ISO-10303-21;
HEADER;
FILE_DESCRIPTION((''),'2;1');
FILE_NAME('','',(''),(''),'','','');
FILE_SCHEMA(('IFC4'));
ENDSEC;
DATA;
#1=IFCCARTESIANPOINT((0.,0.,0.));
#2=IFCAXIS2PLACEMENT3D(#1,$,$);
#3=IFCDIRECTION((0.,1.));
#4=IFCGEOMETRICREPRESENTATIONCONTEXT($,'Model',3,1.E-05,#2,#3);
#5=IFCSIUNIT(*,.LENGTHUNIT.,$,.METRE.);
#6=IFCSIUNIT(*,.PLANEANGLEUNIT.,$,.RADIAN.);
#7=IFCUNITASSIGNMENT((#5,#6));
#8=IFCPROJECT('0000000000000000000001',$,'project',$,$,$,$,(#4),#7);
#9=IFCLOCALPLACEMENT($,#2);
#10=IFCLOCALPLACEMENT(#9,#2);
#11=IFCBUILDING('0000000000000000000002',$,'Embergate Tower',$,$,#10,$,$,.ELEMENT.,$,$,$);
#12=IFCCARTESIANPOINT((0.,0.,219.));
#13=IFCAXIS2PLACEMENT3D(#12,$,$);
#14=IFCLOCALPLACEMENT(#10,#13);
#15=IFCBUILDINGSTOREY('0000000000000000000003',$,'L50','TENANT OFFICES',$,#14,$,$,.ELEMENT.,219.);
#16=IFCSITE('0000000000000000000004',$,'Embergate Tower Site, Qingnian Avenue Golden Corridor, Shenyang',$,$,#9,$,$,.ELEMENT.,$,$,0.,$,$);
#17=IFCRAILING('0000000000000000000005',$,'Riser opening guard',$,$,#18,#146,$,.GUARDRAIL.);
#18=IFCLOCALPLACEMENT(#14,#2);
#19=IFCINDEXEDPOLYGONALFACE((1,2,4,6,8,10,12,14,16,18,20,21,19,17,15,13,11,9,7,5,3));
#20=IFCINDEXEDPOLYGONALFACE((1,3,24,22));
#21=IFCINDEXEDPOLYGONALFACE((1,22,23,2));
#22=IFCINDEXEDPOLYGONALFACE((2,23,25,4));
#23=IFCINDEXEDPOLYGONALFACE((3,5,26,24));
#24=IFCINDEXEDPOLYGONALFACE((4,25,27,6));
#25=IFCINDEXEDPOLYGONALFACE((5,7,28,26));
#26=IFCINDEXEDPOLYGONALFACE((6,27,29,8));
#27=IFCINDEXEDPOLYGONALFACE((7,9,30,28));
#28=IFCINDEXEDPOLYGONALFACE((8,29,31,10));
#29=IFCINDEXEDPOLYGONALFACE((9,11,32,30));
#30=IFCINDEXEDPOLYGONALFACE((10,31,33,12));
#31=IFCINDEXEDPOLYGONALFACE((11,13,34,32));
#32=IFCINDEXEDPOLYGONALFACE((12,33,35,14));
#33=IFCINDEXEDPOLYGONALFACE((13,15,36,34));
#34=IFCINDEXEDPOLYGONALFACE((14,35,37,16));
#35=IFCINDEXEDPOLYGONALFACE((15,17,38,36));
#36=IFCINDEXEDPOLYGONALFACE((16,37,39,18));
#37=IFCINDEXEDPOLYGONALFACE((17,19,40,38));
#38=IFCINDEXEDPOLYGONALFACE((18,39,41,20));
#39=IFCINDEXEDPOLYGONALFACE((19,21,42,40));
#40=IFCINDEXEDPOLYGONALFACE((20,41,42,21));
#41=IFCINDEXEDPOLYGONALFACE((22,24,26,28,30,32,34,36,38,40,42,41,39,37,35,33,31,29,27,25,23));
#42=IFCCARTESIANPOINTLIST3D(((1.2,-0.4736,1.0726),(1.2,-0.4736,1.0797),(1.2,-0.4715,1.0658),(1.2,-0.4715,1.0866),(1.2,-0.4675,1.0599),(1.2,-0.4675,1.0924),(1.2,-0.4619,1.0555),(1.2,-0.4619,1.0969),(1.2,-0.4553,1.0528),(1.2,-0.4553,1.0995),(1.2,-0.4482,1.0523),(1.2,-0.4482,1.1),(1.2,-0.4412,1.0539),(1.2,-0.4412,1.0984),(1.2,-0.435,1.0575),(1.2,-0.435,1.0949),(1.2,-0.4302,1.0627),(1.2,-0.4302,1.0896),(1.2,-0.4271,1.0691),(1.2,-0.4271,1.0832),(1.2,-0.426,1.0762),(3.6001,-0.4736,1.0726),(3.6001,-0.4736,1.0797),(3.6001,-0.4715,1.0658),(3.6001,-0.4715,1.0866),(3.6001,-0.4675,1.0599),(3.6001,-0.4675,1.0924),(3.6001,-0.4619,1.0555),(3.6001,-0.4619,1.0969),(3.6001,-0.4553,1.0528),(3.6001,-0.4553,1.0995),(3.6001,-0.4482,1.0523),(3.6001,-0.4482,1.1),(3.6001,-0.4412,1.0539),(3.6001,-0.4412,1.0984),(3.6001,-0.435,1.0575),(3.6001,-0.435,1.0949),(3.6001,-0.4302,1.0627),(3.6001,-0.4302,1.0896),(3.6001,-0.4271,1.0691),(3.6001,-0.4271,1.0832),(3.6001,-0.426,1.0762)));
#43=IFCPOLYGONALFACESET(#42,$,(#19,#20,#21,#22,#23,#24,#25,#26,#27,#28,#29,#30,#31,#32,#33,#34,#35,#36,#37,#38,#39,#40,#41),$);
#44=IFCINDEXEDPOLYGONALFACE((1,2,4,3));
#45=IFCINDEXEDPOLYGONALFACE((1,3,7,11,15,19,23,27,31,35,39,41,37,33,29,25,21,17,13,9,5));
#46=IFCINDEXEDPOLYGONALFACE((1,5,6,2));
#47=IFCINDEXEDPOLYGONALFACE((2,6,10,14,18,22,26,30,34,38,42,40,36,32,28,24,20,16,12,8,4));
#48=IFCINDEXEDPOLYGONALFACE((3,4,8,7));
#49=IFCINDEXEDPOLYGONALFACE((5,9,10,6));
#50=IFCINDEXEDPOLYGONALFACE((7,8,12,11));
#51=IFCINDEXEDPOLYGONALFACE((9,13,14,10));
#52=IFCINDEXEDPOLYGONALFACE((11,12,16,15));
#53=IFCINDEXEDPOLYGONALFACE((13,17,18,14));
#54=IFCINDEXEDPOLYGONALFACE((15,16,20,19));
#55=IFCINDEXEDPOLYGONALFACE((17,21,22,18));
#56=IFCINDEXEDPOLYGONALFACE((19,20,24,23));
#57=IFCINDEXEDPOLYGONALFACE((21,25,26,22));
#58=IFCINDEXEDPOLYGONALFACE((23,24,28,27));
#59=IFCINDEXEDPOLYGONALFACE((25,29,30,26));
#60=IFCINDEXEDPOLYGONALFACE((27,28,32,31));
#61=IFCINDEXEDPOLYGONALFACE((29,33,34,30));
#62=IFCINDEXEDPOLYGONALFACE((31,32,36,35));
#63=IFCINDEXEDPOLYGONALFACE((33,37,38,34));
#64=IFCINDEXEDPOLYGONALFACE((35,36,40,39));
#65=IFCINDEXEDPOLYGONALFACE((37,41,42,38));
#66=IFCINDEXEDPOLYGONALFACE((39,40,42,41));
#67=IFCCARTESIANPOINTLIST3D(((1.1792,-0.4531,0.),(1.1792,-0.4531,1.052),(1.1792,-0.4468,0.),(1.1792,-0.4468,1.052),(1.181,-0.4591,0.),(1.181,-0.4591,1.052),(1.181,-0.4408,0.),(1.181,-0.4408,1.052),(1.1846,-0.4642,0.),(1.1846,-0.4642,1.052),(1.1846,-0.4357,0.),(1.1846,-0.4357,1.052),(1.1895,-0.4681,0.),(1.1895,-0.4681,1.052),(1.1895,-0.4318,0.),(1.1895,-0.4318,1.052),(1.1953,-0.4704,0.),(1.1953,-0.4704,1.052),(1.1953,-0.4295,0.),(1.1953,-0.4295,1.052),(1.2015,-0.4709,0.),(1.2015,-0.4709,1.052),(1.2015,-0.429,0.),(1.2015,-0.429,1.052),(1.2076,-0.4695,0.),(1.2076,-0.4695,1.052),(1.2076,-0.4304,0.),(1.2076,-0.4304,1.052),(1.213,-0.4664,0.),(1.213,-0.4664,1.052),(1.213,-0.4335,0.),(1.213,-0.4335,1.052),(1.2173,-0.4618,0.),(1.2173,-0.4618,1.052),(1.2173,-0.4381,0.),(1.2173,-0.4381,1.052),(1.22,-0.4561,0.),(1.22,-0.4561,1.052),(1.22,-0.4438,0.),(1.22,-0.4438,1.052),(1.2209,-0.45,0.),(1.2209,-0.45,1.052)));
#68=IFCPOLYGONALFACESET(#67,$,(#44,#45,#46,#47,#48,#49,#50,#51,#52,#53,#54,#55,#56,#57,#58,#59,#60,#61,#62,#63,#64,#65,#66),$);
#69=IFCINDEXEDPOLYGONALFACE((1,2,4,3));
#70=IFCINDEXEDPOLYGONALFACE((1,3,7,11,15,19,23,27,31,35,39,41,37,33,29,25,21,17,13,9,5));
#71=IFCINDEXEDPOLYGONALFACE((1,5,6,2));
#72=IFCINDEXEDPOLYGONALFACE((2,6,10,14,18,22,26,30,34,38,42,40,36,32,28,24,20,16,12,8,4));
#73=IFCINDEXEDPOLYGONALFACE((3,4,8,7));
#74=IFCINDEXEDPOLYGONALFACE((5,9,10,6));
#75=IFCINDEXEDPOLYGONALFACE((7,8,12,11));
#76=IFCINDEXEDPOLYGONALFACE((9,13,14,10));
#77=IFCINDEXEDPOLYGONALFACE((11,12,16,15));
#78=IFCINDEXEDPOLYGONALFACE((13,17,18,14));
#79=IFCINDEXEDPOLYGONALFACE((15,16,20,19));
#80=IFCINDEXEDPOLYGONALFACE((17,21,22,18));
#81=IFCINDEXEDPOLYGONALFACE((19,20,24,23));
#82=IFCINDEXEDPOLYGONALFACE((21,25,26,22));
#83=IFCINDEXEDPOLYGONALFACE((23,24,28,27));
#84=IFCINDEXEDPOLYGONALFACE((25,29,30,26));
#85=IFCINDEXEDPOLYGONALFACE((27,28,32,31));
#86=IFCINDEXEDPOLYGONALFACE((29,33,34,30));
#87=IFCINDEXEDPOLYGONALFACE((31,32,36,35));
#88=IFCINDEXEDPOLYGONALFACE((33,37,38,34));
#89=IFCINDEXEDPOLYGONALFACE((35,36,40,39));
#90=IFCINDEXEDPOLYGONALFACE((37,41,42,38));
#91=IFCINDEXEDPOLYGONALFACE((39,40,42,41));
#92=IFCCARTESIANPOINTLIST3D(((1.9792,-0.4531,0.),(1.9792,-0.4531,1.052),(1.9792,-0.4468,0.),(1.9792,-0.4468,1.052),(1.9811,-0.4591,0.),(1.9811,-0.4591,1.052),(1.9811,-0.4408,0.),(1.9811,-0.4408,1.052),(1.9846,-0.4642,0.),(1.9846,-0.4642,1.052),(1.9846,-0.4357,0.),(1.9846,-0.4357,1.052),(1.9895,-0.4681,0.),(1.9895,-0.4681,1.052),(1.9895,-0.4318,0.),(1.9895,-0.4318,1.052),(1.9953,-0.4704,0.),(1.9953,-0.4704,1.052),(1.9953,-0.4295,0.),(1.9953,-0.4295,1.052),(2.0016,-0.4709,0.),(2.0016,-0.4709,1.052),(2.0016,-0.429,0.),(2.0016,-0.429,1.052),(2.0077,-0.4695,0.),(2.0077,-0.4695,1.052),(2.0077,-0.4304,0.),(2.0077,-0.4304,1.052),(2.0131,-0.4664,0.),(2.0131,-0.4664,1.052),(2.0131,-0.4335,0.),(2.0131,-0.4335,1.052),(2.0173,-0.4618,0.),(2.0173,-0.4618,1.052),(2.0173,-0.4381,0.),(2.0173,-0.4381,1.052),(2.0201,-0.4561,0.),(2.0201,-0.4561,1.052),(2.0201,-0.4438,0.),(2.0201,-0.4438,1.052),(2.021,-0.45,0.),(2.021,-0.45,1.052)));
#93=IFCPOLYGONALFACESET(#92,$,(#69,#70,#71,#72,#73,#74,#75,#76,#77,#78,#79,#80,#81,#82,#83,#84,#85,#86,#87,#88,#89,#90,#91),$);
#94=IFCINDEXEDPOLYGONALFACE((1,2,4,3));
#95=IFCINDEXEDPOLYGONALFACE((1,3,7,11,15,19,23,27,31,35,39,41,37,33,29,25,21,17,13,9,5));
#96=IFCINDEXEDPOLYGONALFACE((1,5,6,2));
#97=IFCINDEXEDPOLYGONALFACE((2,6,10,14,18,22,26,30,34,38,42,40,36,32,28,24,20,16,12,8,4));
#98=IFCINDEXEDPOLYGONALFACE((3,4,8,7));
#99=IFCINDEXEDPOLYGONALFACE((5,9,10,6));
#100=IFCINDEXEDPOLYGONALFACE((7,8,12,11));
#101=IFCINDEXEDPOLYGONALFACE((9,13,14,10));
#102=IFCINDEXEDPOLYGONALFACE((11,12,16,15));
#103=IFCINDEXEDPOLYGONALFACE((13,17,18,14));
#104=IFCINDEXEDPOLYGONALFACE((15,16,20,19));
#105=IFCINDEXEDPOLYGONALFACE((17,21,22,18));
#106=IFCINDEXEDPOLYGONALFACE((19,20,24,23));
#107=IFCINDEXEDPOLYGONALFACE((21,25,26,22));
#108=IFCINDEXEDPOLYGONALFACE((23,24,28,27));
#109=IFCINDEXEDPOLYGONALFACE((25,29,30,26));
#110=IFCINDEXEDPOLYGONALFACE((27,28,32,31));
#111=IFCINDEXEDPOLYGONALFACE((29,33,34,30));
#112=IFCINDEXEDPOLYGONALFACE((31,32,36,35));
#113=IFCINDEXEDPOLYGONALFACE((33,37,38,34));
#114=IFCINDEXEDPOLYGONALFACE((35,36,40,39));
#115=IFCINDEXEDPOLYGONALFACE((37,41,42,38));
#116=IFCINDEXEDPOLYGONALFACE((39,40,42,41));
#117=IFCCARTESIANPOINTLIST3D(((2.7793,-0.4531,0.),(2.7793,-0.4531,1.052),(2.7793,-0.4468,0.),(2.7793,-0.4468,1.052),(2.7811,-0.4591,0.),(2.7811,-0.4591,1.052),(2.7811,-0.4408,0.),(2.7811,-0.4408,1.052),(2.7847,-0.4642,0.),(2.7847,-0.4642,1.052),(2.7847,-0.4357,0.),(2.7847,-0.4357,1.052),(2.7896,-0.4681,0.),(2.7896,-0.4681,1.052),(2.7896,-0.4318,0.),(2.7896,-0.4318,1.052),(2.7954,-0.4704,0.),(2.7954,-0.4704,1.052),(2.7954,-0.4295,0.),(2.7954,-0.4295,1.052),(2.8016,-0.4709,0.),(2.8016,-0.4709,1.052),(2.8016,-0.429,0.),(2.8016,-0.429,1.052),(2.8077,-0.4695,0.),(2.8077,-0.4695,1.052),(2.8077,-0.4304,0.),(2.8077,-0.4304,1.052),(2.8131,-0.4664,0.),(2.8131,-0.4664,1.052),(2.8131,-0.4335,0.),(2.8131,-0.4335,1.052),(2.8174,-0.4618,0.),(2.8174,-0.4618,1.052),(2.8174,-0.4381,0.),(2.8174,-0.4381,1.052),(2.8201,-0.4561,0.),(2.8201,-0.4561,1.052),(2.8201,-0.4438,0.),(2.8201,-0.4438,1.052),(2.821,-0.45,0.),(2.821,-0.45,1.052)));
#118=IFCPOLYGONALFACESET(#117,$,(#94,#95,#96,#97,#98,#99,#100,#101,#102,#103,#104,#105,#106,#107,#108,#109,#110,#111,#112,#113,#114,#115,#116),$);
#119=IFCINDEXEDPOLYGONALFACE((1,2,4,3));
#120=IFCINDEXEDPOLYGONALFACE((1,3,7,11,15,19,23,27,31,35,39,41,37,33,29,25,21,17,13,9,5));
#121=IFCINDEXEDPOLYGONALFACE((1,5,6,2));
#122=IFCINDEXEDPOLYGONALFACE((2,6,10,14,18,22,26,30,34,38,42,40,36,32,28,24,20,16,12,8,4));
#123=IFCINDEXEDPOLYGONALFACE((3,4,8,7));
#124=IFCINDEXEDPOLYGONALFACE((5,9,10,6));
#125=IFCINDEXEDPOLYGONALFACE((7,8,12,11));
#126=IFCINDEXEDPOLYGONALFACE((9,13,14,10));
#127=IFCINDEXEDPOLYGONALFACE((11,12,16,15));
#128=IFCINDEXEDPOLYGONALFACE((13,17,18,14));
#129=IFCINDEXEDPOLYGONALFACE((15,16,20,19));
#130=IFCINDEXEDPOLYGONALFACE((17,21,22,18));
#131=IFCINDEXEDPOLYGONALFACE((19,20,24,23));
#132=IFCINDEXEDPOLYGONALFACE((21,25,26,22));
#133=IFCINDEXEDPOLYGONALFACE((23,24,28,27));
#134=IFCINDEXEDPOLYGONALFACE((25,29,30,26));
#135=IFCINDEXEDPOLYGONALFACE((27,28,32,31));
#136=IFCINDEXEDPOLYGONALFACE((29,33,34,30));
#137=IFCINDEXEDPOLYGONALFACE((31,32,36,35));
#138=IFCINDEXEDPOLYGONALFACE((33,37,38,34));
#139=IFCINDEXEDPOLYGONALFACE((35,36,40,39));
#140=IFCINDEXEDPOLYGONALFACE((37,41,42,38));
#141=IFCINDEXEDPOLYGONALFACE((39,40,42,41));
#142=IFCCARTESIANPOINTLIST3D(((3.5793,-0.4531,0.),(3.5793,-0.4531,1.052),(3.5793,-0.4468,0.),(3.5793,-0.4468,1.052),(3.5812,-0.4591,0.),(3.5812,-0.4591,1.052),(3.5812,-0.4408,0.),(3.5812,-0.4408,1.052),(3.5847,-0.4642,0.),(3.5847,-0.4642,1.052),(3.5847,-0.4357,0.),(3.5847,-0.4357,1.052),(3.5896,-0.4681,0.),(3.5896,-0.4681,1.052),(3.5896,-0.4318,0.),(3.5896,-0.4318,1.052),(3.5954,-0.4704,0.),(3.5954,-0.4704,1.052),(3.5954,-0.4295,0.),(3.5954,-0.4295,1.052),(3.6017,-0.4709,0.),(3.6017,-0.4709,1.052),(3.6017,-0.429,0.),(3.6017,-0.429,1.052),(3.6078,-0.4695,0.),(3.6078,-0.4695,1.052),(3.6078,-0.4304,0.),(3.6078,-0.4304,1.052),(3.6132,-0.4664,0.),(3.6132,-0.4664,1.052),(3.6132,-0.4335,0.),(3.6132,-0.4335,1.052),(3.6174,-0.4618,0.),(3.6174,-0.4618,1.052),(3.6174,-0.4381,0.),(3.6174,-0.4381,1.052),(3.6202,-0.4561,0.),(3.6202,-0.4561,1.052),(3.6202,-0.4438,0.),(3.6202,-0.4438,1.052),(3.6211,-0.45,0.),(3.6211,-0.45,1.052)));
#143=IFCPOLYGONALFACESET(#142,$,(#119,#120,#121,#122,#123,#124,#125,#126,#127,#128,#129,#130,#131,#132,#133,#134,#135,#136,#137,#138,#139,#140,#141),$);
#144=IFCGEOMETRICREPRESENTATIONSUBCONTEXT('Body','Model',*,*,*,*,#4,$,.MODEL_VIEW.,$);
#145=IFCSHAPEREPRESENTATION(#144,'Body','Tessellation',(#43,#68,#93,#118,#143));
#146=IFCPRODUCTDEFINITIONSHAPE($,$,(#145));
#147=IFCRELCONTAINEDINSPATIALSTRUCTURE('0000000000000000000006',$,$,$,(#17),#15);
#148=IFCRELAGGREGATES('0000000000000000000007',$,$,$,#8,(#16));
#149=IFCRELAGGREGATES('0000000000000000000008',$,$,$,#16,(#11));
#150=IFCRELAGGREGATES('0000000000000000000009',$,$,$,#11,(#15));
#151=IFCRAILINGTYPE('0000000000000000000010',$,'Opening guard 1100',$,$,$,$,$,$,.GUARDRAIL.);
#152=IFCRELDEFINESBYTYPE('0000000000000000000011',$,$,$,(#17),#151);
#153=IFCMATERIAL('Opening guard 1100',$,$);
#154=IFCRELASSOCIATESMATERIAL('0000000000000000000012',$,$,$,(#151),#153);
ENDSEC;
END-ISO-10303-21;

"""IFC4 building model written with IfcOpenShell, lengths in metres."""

from ifc_helpers import new_model, si_unit, direction, frame, origin, origin_2d, place, context, subcontext, project, spatial, circle, extrude, source, transform, mapped, material, type_object, element, save


model = new_model("IFC4")

# Units and contexts
model_context = context("Model", 3, precision=1e-05, world=origin(), true_north=direction((0.0, 1.0)))
body_context = subcontext(model_context, "Body", "Model", "MODEL_VIEW")
ifc_project = project(units=[si_unit("LENGTHUNIT", "METRE"), si_unit("PLANEANGLEUNIT", "RADIAN")], contexts=[model_context])

# Site, building, storey
site_placement = place(None, origin())
site = spatial("IfcSite", under=ifc_project, at=site_placement, Name="Embergate Tower Site, Qingnian Avenue Golden Corridor, Shenyang", CompositionType="ELEMENT", RefElevation=0.0)
building_placement = place(site_placement, origin())
building = spatial("IfcBuilding", under=site, at=building_placement, Name="Embergate Tower", CompositionType="ELEMENT")
storey_placement = place(building_placement, frame((0.0, 0.0, 219.0)))
storey = spatial("IfcBuildingStorey", under=building, at=storey_placement, Name="L50", Description="TENANT OFFICES", CompositionType="ELEMENT", Elevation=219.0)

# Railing
ifc_material_1 = material(Name="Opening guard 1100")
railing_type_1 = type_object("IfcRailingType", Name="Opening guard 1100", PredefinedType="GUARDRAIL", material=ifc_material_1)
shared_shape_1 = source(origin(), body_context, "Body", "SweptSolid", [
    extrude(circle(Radius=0.0239, at=origin_2d()), frame((0.0, 0.0, 1.0762), z_axis=(1.0, 0.0, 0.0), x_axis=(0.0, 1.0, 0.0)), (0.0, 0.0, 1.0), 2.4001),
    extrude(circle(Radius=0.021, at=origin_2d()), origin(), (0.0, 0.0, 1.0), 1.052),
    extrude(circle(Radius=0.021, at=origin_2d()), frame((0.8, 0.0, 0.0)), (0.0, 0.0, 1.0), 1.052),
    extrude(circle(Radius=0.021, at=origin_2d()), frame((1.6001, 0.0, 0.0)), (0.0, 0.0, 1.0), 1.052),
    extrude(circle(Radius=0.021, at=origin_2d()), frame((2.4001, 0.0, 0.0)), (0.0, 0.0, 1.0), 1.052),
])
railing_1_placement = place(storey_placement, frame((1.2, -0.45, 0.0)))
element("IfcRailing", 1, at=railing_1_placement, inside=storey, type_object=railing_type_1, Name="Riser opening guard", PredefinedType="GUARDRAIL", context=body_context, shape_type="MappedRepresentation", body=[
    mapped(shared_shape_1, transform((0.0, 0.0, 0.0))),
])

save(model, "model.ifc")
